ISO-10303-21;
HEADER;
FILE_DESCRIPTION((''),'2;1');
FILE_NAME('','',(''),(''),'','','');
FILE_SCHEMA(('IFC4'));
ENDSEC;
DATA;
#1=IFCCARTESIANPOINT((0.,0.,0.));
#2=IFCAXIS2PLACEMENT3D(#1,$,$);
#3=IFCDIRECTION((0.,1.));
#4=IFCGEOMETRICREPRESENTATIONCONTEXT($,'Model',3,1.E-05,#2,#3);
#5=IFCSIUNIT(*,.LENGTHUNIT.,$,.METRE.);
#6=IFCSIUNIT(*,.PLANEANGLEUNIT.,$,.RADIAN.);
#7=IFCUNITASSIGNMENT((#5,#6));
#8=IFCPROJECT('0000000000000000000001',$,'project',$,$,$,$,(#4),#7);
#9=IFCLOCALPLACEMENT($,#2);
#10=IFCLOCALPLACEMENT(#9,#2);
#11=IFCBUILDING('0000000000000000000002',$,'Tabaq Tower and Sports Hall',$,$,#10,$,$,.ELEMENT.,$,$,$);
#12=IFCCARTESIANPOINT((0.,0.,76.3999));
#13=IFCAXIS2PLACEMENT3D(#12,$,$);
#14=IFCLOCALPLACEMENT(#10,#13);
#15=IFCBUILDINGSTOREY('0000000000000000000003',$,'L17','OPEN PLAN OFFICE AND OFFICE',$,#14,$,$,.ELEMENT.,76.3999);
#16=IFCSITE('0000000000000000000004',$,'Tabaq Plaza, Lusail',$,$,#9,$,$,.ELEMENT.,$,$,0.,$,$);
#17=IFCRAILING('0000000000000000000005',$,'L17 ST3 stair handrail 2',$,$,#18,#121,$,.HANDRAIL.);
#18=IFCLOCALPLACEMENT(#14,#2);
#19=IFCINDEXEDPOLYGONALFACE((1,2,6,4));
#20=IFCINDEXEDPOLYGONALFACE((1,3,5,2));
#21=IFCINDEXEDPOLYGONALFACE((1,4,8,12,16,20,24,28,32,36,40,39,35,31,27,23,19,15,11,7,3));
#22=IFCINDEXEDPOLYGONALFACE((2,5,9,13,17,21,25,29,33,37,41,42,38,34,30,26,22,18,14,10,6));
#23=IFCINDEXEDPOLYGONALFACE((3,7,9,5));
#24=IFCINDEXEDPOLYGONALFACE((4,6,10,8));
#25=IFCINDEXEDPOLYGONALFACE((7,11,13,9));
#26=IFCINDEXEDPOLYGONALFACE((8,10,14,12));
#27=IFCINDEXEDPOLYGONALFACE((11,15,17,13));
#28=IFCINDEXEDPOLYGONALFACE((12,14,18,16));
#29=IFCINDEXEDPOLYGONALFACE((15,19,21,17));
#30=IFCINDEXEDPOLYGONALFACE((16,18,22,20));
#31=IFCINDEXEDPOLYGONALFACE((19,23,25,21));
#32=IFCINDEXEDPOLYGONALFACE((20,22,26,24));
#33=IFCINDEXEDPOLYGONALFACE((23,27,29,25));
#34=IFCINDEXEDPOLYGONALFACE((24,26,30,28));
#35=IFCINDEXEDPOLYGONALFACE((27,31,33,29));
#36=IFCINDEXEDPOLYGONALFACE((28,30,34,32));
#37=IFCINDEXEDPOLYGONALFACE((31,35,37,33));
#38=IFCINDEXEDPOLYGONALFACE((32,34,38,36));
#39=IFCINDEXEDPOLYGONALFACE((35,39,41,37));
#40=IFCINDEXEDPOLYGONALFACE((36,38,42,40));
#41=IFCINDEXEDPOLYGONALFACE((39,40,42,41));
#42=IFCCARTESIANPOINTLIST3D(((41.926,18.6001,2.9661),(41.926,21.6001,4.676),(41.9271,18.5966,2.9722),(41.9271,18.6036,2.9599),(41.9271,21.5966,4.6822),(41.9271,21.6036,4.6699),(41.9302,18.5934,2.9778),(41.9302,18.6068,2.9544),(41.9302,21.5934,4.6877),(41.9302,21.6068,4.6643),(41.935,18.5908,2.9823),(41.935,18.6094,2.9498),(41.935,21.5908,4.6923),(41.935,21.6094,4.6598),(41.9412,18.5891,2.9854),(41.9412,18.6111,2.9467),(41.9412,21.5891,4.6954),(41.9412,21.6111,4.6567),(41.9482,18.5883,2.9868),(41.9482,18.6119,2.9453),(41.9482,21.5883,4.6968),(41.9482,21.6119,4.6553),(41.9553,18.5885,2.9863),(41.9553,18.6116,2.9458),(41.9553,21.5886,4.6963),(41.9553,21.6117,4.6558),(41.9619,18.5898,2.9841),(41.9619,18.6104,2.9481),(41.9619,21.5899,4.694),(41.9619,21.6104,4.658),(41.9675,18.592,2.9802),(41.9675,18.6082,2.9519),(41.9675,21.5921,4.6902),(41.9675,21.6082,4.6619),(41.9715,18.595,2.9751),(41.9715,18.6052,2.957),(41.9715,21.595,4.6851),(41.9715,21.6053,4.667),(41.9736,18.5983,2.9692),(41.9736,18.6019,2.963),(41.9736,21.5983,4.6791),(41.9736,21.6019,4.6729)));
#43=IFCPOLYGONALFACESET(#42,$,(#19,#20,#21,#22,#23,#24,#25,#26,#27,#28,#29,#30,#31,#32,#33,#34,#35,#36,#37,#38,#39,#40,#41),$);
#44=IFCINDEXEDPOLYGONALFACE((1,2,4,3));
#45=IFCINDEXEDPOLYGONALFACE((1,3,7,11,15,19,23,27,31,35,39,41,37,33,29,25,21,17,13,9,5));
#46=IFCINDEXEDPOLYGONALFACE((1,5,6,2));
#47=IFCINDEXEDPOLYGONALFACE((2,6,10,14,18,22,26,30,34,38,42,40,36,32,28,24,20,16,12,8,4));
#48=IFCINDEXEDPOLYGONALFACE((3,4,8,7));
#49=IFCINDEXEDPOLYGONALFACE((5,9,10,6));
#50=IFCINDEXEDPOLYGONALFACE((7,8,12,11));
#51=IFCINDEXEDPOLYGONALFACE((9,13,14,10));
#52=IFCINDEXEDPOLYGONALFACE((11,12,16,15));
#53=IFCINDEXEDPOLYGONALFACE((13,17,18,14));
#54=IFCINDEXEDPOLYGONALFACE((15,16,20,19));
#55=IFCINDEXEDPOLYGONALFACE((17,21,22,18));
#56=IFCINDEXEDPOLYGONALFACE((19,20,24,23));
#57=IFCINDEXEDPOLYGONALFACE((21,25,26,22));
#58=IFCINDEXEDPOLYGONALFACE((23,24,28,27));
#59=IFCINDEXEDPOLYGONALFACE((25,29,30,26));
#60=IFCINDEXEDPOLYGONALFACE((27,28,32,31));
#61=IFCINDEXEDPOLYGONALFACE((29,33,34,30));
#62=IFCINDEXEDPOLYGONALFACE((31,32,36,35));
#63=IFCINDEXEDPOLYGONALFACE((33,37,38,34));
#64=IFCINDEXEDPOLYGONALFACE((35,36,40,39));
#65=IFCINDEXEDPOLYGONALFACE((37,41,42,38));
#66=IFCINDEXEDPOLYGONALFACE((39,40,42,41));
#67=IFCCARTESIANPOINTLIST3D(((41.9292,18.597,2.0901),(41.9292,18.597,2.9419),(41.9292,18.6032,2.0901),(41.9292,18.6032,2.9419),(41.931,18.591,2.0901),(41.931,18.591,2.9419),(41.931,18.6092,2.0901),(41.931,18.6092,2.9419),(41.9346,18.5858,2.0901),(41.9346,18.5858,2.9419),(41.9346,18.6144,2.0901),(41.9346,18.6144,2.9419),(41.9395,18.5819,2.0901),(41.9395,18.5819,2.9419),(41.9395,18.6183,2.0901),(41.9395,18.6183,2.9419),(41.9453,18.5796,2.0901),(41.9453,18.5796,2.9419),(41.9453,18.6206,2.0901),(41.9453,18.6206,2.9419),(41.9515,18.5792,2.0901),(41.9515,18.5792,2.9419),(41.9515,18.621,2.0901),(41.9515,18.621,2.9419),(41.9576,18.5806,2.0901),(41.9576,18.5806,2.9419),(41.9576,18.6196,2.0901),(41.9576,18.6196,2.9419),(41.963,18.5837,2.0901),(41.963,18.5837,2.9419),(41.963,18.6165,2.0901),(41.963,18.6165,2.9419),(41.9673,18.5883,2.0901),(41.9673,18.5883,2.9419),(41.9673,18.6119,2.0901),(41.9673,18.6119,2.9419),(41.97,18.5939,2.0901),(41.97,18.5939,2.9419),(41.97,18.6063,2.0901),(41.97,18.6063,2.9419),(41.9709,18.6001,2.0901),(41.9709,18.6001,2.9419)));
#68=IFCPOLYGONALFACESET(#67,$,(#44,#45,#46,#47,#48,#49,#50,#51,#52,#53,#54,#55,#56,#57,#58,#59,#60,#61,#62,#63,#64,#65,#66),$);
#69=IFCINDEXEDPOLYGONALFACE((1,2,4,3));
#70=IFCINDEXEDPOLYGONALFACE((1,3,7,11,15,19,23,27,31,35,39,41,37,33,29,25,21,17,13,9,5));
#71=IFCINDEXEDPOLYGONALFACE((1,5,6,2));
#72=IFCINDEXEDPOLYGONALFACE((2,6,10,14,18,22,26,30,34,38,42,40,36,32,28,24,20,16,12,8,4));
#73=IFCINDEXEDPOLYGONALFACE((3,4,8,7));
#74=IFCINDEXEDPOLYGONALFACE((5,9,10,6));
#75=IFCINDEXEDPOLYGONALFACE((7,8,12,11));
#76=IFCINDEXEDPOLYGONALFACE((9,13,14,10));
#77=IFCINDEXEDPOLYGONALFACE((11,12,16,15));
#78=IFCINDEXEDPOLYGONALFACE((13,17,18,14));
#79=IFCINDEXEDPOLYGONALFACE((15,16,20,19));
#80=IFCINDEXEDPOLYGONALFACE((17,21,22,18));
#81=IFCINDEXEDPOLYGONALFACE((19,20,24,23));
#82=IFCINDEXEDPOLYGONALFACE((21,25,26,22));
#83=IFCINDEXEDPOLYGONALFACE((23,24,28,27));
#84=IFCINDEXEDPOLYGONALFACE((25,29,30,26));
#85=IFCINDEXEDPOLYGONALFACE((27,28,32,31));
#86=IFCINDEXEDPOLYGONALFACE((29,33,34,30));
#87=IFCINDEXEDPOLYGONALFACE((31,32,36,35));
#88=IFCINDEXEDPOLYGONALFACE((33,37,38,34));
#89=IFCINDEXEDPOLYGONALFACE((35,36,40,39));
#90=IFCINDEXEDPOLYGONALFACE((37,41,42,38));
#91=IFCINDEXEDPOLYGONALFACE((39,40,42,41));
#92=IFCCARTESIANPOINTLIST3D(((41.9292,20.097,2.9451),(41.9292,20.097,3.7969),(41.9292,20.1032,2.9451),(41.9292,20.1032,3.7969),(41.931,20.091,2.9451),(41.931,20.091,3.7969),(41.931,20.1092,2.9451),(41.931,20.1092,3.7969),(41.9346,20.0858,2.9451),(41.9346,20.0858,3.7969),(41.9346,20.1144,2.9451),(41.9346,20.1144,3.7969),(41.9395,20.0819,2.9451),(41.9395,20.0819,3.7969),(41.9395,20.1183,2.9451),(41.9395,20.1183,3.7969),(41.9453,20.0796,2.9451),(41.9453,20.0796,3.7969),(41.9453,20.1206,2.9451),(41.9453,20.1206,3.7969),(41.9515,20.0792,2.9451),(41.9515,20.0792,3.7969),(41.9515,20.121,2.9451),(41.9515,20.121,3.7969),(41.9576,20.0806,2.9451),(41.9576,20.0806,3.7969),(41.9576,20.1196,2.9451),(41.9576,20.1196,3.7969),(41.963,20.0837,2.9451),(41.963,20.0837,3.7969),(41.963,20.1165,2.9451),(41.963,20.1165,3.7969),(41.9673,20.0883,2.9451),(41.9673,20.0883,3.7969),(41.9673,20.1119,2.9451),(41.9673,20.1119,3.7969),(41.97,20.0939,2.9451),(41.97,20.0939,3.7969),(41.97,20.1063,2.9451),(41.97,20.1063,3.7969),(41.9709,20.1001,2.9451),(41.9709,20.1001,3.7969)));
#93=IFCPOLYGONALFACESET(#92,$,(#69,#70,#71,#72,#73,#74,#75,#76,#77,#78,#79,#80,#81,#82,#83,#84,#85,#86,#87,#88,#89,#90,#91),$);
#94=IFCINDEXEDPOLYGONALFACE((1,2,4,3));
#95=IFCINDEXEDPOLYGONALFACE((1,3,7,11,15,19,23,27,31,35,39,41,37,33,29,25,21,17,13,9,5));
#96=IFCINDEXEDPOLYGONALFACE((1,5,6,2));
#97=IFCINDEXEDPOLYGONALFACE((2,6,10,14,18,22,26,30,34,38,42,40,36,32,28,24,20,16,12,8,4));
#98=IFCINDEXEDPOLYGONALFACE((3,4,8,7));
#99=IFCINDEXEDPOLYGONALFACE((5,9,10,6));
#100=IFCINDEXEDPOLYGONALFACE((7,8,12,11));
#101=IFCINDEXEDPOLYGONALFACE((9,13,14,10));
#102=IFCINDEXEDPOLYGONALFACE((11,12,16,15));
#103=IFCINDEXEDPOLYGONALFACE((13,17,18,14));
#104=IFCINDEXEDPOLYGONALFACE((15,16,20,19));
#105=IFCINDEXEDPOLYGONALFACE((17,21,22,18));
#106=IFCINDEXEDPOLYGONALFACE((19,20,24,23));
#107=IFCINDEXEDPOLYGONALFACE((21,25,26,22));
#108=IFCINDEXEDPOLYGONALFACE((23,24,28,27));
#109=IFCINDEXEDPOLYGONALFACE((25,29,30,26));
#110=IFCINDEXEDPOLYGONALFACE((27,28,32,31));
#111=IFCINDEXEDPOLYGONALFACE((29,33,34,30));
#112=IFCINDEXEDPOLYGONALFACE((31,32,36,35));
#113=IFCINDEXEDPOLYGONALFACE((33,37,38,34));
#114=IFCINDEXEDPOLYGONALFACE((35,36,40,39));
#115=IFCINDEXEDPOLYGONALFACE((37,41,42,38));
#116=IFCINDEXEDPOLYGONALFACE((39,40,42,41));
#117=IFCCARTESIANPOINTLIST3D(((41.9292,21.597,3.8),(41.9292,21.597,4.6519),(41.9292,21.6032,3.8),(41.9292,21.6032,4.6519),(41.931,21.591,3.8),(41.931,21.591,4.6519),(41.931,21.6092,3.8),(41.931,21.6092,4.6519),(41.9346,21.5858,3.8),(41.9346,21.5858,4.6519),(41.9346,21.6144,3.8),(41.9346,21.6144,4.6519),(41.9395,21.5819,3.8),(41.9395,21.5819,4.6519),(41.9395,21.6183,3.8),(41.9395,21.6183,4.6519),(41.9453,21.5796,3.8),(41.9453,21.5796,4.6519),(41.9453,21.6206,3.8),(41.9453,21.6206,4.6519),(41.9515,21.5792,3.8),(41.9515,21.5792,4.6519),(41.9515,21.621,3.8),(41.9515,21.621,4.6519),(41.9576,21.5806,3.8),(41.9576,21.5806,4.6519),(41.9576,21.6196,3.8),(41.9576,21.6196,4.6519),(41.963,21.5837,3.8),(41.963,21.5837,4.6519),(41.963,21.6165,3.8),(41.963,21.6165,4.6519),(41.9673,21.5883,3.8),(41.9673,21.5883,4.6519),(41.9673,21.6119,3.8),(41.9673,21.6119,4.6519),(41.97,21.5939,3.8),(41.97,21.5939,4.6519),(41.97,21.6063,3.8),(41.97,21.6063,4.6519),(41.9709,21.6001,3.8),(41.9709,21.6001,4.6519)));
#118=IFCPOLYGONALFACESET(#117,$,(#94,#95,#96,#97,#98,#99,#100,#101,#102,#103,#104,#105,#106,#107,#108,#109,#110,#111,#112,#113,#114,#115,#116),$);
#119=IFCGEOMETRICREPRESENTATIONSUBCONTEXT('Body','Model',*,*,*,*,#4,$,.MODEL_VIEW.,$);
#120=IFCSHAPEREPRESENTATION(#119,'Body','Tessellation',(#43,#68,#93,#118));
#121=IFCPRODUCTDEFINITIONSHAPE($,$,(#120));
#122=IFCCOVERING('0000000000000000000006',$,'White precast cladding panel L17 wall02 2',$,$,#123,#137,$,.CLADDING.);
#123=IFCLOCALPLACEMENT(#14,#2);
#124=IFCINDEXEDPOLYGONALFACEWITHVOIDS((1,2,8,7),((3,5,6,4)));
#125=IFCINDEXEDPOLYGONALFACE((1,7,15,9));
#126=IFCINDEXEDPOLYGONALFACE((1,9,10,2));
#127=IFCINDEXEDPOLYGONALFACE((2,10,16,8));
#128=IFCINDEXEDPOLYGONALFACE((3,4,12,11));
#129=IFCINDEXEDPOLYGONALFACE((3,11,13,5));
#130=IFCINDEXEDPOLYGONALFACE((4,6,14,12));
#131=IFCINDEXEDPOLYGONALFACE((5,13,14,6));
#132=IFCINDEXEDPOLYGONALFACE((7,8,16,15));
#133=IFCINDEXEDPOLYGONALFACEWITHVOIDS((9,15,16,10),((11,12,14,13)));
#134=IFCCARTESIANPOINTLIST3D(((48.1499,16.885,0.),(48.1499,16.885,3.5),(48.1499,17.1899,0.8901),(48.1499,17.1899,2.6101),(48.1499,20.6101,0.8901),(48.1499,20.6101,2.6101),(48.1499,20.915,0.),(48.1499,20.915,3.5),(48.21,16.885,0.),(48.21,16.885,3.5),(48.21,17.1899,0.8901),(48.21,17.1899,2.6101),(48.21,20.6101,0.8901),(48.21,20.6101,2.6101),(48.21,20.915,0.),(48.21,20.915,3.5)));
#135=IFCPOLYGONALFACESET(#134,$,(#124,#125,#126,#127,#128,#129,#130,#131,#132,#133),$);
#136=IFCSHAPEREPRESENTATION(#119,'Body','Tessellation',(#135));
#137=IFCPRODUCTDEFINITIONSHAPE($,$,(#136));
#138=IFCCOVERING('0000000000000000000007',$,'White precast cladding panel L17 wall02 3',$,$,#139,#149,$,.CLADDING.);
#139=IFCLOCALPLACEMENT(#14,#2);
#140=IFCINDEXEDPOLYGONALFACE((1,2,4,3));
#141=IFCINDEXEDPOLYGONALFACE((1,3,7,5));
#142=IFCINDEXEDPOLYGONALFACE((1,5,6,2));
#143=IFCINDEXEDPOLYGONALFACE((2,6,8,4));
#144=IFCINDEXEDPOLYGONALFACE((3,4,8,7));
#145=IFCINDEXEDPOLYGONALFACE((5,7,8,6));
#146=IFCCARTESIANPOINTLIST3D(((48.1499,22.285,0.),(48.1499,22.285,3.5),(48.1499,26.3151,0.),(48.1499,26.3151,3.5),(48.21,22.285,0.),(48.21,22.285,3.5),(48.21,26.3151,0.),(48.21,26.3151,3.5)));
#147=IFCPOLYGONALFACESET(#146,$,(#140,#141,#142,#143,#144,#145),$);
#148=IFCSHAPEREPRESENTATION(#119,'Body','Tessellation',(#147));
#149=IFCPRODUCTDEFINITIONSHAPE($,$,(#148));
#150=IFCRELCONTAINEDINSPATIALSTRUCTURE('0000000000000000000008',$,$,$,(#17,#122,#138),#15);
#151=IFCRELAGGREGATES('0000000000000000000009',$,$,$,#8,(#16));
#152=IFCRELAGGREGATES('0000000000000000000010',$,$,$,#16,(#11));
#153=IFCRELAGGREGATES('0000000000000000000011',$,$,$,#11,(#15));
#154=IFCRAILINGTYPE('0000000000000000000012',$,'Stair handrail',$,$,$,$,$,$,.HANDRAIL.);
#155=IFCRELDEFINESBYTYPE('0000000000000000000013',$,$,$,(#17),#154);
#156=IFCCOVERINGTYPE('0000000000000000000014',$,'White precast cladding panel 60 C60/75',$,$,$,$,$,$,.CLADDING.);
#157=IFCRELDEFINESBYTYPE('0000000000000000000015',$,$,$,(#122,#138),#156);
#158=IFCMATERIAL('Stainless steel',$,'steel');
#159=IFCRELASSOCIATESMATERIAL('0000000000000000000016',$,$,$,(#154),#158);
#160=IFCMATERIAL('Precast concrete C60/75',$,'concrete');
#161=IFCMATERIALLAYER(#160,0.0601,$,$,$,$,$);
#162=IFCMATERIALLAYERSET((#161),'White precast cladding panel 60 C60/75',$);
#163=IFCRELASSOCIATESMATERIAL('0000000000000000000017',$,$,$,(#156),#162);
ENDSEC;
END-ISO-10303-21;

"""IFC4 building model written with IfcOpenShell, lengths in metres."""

from ifc_helpers import new_model, si_unit, direction, frame, frame_2d, origin, origin_2d, place, context, subcontext, project, spatial, polyline, rectangle, circle, outline, extrude, material, layer, layer_set, type_object, element, save


model = new_model("IFC4")

# Units and contexts
model_context = context("Model", 3, precision=1e-05, world=origin(), true_north=direction((0.0, 1.0)))
body_context = subcontext(model_context, "Body", "Model", "MODEL_VIEW")
ifc_project = project(units=[si_unit("LENGTHUNIT", "METRE"), si_unit("PLANEANGLEUNIT", "RADIAN")], contexts=[model_context])

# Site, building, storey
site_placement = place(None, origin())
site = spatial("IfcSite", under=ifc_project, at=site_placement, Name="Tabaq Plaza, Lusail", CompositionType="ELEMENT", RefElevation=0.0)
building_placement = place(site_placement, origin())
building = spatial("IfcBuilding", under=site, at=building_placement, Name="Tabaq Tower and Sports Hall", CompositionType="ELEMENT")
storey_placement = place(building_placement, frame((0.0, 0.0, 76.3999)))
storey = spatial("IfcBuildingStorey", under=building, at=storey_placement, Name="L17", Description="OPEN PLAN OFFICE AND OFFICE", CompositionType="ELEMENT", Elevation=76.3999)

# Railing
ifc_material_1 = material(Name="Stainless steel", Category="steel")
railing_type_1 = type_object("IfcRailingType", Name="Stair handrail", PredefinedType="HANDRAIL", material=ifc_material_1)
railing_1_placement = place(storey_placement, frame((41.95, 18.6001, 2.0901)))
element("IfcRailing", 1, at=railing_1_placement, inside=storey, type_object=railing_type_1, Name="L17 ST3 stair handrail 2", PredefinedType="HANDRAIL", context=body_context, shape_type="SweptSolid", body=[
    extrude(circle(Radius=0.0239, at=origin_2d()), frame((0.0, 0.0, 0.876), z_axis=(0.0, 0.868782, 0.495195), x_axis=(-1.0, 0.0, 0.0)), (0.0, 0.0, 1.0), 3.4531),
    extrude(circle(Radius=0.021, at=origin_2d()), origin(), (0.0, 0.0, 1.0), 0.8518),
    extrude(circle(Radius=0.021, at=origin_2d()), frame((0.0, 1.5, 0.855)), (0.0, 0.0, 1.0), 0.8518),
    extrude(circle(Radius=0.021, at=origin_2d()), frame((0.0, 3.0, 1.71)), (0.0, 0.0, 1.0), 0.8518),
])

# Coverings
ifc_material_2 = material(Name="Precast concrete C60/75", Category="concrete")
ifc_layer_1 = layer(ifc_material_2, 0.0601)
ifc_layer_set_1 = layer_set([ifc_layer_1], Name="White precast cladding panel 60 C60/75")
covering_type_1 = type_object("IfcCoveringType", Name="White precast cladding panel 60 C60/75", PredefinedType="CLADDING", material=ifc_layer_set_1)
covering_1_placement = place(storey_placement, frame((48.1799, 16.885, 0.0), z_axis=(0.0, 0.0, 1.0), x_axis=(0.0, 1.0, 0.0)))
element("IfcCovering", 2, at=covering_1_placement, inside=storey, type_object=covering_type_1, Name="White precast cladding panel L17 wall02 2", PredefinedType="CLADDING", context=body_context, shape_type="SweptSolid", body=[
    extrude(outline(polyline([(0.0, 0.0), (4.03, 0.0), (4.03, 3.5), (0.0, 3.5), (0.0, 0.0)]), holes=[polyline([(0.3049, 0.8901), (0.3049, 2.6101), (3.7251, 2.6101), (3.7251, 0.8901), (0.3049, 0.8901)])]), frame((0.0, 0.03, 0.0), z_axis=(0.0, -1.0, 0.0), x_axis=(1.0, 0.0, 0.0)), (0.0, 0.0, 1.0), 0.0601),
])
covering_2_placement = place(storey_placement, frame((48.1799, 22.2849, 0.0), z_axis=(0.0, 0.0, 1.0), x_axis=(0.0, 1.0, 0.0)))
element("IfcCovering", 3, at=covering_2_placement, inside=storey, type_object=covering_type_1, Name="White precast cladding panel L17 wall02 3", PredefinedType="CLADDING", context=body_context, shape_type="SweptSolid", body=[
    extrude(rectangle(XDim=4.03, YDim=0.0601, at=frame_2d((2.0151, 0.0))), origin(), (0.0, 0.0, 1.0), 3.5),
])

save(model, "model.ifc")
